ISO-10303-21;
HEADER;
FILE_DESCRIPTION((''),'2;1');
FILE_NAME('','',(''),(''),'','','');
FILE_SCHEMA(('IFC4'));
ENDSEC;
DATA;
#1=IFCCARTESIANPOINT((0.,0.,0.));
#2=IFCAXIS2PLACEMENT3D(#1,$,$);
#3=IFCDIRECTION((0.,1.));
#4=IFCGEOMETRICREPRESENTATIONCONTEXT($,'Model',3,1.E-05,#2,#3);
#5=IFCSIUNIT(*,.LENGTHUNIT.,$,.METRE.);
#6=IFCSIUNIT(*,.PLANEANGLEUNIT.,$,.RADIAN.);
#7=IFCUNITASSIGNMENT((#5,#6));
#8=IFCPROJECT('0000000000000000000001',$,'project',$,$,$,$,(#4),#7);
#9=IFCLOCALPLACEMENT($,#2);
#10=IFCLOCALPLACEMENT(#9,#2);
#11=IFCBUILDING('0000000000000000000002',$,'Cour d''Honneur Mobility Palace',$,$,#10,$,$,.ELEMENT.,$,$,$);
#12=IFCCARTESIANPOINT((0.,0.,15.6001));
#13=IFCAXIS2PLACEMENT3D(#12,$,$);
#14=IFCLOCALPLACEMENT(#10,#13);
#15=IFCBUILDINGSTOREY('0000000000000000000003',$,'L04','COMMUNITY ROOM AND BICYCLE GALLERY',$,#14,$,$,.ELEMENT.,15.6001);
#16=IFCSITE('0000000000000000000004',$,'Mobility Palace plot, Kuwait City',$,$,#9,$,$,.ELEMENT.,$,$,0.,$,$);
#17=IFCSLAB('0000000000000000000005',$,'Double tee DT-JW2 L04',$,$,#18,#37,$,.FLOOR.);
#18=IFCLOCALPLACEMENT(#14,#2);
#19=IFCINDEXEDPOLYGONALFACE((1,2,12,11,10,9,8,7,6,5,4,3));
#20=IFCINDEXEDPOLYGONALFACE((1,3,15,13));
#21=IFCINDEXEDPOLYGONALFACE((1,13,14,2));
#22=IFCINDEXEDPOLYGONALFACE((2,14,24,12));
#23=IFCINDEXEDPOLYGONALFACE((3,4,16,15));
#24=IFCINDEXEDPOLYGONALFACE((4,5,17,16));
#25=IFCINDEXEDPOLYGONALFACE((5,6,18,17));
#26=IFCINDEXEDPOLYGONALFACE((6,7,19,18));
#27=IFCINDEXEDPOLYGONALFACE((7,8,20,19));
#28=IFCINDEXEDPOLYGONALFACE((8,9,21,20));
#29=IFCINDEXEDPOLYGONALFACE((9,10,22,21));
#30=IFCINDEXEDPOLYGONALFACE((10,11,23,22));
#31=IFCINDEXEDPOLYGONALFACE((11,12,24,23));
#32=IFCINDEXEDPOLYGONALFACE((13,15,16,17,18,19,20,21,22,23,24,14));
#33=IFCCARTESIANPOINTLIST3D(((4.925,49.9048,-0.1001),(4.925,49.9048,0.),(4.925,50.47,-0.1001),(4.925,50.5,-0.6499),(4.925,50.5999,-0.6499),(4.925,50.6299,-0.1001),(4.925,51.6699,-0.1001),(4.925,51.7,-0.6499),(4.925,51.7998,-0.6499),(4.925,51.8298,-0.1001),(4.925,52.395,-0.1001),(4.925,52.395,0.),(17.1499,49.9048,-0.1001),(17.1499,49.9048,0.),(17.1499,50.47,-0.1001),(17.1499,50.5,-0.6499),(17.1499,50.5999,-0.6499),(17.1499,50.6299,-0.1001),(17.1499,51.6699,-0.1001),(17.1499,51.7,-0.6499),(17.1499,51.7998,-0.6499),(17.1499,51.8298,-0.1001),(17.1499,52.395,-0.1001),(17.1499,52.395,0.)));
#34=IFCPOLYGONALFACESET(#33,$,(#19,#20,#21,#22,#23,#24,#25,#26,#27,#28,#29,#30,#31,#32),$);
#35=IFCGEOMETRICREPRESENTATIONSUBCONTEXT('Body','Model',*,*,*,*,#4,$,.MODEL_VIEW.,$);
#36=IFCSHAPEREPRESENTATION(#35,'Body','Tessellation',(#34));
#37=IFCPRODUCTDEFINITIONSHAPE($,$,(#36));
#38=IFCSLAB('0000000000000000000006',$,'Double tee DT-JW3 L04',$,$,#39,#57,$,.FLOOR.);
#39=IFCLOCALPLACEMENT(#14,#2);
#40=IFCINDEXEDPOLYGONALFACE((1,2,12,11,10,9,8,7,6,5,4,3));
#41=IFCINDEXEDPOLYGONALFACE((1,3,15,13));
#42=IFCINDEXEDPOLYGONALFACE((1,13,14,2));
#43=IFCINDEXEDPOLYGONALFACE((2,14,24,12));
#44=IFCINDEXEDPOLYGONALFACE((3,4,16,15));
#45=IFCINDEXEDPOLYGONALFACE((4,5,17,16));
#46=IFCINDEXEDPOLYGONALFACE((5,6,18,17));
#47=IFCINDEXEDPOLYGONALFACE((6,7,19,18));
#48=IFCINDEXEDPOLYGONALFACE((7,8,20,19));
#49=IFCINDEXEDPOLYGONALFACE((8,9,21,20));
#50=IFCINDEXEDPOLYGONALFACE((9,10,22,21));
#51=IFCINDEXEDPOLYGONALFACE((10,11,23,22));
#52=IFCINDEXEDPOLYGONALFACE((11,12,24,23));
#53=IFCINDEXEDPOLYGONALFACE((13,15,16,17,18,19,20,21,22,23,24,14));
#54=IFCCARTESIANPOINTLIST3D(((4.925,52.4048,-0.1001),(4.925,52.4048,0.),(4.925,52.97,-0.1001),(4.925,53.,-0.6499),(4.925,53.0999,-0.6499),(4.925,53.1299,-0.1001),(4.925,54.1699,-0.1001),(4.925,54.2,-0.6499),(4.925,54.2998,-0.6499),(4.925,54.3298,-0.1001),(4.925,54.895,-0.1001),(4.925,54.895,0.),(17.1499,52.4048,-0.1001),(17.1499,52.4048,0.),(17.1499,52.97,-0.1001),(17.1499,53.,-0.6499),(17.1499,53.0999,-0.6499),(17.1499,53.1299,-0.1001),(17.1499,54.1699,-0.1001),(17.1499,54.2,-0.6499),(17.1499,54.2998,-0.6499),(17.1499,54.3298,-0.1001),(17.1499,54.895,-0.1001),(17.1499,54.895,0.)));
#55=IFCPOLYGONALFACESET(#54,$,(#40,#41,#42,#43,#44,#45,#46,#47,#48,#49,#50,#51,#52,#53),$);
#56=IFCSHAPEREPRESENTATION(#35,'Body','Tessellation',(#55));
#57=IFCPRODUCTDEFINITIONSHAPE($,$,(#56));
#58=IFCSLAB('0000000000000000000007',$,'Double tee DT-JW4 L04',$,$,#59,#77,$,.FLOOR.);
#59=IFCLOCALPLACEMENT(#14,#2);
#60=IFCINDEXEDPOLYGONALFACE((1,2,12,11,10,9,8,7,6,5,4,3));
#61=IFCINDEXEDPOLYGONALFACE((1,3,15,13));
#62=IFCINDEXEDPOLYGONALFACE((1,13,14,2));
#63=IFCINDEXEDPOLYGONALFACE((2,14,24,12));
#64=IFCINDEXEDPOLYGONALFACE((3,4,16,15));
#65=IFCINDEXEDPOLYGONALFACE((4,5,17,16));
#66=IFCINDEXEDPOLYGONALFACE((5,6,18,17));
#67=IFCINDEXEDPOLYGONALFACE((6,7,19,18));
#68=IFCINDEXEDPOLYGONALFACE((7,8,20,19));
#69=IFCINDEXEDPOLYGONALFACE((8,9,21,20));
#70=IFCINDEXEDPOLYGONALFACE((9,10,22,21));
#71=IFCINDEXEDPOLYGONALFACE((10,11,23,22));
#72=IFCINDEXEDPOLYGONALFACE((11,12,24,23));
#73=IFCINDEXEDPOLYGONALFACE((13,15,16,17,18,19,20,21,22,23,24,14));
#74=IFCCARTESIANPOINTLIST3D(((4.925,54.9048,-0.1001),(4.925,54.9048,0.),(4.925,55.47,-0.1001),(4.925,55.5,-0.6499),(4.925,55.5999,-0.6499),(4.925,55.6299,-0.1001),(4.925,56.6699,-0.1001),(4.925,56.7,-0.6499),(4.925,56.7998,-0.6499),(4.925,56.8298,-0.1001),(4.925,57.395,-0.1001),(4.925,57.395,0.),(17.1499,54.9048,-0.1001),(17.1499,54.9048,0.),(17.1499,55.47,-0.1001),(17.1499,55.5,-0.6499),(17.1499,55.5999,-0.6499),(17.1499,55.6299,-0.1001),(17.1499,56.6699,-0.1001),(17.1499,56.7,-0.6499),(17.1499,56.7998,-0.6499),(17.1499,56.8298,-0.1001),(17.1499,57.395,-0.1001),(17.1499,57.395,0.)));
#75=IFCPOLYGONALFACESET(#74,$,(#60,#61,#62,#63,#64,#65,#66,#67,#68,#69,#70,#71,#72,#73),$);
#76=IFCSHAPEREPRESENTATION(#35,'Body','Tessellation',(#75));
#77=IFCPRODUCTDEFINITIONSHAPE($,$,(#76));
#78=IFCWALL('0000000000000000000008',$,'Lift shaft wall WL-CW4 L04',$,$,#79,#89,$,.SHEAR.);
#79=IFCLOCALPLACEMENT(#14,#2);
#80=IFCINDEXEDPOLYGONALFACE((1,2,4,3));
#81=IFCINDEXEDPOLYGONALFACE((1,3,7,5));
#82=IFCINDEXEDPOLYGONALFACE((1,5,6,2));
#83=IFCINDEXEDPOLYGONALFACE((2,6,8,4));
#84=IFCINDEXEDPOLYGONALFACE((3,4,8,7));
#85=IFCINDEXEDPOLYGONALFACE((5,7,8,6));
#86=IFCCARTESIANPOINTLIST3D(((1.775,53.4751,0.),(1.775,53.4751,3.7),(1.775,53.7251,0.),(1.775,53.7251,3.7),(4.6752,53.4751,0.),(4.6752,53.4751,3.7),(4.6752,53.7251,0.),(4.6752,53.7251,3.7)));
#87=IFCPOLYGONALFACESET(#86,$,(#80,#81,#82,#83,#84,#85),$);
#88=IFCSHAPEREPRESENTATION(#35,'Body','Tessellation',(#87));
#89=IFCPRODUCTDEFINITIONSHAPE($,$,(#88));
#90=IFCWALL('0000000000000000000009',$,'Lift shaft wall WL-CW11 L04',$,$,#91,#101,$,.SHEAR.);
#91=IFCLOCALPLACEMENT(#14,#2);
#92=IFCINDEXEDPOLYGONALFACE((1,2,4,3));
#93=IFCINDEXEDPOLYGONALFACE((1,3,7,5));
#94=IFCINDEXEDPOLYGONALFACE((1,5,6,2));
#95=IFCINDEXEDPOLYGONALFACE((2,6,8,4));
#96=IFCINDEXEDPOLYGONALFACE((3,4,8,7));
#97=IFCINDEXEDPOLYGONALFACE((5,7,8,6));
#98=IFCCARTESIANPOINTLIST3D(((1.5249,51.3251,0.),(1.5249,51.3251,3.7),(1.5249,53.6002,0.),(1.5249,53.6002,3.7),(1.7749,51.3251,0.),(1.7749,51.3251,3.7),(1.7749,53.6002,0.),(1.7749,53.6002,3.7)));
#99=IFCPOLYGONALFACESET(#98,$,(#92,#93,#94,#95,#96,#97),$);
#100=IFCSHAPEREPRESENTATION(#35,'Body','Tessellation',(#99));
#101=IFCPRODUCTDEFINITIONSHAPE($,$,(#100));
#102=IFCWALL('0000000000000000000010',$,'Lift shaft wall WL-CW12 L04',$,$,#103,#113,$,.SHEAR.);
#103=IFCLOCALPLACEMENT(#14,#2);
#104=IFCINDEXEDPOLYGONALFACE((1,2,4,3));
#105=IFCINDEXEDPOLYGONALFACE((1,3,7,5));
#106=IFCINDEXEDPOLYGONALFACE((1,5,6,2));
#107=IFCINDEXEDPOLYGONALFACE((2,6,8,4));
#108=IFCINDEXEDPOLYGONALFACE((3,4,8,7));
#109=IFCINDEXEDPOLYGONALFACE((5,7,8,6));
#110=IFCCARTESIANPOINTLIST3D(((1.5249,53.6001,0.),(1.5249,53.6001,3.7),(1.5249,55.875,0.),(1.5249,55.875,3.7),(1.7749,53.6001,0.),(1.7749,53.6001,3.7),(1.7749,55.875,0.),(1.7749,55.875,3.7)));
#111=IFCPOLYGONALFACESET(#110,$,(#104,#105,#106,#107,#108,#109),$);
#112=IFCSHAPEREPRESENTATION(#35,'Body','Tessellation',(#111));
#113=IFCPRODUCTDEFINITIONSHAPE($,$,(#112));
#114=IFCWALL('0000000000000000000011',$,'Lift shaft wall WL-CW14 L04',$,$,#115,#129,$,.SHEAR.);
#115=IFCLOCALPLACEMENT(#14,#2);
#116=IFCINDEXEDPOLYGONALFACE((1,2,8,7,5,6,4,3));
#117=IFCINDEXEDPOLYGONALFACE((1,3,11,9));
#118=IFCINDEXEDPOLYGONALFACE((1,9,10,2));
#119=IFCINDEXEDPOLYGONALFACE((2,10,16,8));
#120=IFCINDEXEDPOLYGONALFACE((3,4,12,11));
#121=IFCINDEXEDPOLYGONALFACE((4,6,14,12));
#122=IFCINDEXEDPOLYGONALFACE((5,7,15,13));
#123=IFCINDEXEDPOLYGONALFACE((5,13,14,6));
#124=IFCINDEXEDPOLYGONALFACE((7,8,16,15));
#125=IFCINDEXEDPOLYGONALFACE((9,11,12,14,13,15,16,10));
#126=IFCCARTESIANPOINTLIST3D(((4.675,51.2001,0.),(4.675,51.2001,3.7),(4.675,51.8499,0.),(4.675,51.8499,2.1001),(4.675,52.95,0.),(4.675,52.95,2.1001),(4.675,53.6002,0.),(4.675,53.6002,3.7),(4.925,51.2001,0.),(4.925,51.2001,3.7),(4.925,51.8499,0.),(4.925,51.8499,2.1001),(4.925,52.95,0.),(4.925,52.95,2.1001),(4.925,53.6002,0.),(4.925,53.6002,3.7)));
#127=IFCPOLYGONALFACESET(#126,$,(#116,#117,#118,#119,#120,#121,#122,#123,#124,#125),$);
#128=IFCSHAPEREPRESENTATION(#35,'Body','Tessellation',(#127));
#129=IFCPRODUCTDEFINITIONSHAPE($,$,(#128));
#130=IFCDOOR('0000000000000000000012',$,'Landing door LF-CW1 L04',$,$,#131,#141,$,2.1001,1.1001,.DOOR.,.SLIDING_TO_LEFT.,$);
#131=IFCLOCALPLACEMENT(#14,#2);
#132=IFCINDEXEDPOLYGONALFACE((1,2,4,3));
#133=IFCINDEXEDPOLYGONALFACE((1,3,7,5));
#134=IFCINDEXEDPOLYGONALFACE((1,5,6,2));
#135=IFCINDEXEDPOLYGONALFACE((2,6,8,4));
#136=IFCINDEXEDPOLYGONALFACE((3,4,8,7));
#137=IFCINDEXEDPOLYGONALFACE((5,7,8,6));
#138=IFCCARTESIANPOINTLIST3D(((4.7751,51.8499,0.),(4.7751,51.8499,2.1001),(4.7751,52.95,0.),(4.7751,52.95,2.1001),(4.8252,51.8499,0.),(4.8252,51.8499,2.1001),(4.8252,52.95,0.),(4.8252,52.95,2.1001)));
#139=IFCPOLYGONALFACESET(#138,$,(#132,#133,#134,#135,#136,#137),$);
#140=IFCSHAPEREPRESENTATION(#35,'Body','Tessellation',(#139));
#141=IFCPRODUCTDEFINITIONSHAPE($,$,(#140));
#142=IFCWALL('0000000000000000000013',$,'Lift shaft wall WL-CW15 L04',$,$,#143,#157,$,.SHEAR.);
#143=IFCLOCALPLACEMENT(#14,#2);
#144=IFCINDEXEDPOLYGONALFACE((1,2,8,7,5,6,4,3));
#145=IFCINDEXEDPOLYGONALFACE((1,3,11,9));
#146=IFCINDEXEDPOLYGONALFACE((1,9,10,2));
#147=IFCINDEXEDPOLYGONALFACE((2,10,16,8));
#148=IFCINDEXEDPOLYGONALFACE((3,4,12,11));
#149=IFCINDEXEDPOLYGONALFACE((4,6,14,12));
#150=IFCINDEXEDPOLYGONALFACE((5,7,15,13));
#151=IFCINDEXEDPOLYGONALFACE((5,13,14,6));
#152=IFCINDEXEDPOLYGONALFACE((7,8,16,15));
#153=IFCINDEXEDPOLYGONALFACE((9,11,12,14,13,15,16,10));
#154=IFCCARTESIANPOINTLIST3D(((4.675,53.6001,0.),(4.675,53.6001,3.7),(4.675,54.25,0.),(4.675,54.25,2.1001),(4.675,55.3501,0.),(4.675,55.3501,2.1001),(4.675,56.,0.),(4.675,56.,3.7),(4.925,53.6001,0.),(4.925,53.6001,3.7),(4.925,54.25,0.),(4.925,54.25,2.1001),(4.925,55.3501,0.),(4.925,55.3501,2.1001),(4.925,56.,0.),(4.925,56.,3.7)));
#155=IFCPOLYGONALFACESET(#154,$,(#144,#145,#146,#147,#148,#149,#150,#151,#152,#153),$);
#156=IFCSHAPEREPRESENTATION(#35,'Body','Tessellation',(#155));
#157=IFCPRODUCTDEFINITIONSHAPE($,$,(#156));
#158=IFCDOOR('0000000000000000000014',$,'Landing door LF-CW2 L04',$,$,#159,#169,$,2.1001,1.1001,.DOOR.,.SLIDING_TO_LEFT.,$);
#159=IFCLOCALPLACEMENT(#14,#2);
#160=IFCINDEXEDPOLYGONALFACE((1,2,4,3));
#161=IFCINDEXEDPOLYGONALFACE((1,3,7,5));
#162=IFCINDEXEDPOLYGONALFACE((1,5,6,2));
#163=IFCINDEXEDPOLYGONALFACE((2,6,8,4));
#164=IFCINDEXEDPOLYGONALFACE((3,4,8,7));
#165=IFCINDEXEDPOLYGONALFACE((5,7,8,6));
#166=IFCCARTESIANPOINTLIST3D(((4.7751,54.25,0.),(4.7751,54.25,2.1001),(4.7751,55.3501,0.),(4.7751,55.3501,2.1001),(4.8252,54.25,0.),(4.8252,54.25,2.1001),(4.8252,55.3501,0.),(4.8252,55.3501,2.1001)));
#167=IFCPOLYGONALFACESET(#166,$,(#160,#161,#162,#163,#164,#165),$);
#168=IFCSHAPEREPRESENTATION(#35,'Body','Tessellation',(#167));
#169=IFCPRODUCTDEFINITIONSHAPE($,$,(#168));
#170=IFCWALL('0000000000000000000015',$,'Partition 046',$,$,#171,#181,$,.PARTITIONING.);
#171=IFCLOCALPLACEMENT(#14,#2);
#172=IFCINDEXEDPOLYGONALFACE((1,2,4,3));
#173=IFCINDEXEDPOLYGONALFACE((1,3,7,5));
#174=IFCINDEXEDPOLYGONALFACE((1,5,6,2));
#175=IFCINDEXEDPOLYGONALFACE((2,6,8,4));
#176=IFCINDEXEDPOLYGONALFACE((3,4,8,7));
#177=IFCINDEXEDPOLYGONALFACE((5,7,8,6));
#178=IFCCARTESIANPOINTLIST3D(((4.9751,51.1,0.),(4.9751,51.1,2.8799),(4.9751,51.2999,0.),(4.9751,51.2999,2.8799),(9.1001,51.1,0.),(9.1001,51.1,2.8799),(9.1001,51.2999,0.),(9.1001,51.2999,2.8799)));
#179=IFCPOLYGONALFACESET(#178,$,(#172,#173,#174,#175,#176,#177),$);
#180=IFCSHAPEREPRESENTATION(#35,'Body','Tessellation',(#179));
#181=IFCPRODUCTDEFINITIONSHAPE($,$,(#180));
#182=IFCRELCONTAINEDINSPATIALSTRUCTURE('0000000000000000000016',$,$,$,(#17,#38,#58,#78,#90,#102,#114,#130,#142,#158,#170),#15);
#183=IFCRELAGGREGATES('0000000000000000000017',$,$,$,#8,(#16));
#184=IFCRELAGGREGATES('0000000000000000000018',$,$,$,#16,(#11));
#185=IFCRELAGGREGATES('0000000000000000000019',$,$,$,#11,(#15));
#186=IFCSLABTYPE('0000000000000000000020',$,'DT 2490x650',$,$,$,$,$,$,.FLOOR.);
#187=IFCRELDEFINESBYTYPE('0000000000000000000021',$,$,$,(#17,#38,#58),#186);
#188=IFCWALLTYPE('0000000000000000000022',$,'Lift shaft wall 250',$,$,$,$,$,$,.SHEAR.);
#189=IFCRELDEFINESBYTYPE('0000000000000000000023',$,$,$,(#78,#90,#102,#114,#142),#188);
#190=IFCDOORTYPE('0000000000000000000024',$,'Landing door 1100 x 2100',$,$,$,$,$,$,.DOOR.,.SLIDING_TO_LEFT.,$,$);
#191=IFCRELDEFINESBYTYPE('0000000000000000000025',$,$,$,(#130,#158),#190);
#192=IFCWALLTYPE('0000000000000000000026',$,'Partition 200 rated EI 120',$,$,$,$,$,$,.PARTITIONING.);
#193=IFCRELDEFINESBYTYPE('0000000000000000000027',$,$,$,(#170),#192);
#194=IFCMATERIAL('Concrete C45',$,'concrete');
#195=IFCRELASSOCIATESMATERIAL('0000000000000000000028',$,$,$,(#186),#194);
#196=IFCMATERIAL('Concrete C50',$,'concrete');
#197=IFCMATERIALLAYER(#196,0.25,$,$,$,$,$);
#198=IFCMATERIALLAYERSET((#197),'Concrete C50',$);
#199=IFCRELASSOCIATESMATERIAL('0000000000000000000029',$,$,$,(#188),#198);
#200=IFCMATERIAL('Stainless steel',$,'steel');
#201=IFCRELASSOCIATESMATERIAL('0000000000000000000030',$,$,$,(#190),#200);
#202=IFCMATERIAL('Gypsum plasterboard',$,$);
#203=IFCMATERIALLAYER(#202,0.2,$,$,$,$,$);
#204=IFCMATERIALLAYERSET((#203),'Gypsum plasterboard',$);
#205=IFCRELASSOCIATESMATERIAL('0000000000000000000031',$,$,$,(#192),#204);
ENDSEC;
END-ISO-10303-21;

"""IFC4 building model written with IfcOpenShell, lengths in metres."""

from ifc_helpers import new_model, si_unit, direction, frame, frame_2d, origin, place, context, subcontext, project, spatial, polyline, rectangle, outline, extrude, material, layer, layer_set, material_profile, profile_set, type_object, element, fill, save


model = new_model("IFC4")

# Units and contexts
model_context = context("Model", 3, precision=1e-05, world=origin(), true_north=direction((0.0, 1.0)))
body_context = subcontext(model_context, "Body", "Model", "MODEL_VIEW")
ifc_project = project(units=[si_unit("LENGTHUNIT", "METRE"), si_unit("PLANEANGLEUNIT", "RADIAN")], contexts=[model_context])

# Site, building, storey
site_placement = place(None, origin())
site = spatial("IfcSite", under=ifc_project, at=site_placement, Name="Mobility Palace plot, Kuwait City", CompositionType="ELEMENT", RefElevation=0.0)
building_placement = place(site_placement, origin())
building = spatial("IfcBuilding", under=site, at=building_placement, Name="Cour d'Honneur Mobility Palace", CompositionType="ELEMENT")
storey_placement = place(building_placement, frame((0.0, 0.0, 15.6001)))
storey = spatial("IfcBuildingStorey", under=building, at=storey_placement, Name="L04", Description="COMMUNITY ROOM AND BICYCLE GALLERY", CompositionType="ELEMENT", Elevation=15.6001)

# Slabs
ifc_material_1 = material(Name="Concrete C45", Category="concrete")
ifc_material_profile = material_profile(ifc_material_1, outline(polyline([(-1.2451, 0.0), (1.2451, 0.0), (1.2451, -0.1001), (0.6799, -0.1001), (0.6499, -0.6499), (0.55, -0.6499), (0.52, -0.1001), (-0.52, -0.1001), (-0.55, -0.6499), (-0.6499, -0.6499), (-0.6799, -0.1001), (-1.2451, -0.1001), (-1.2451, 0.0)])), Name="DT 2490x650")
ifc_profile_set = profile_set([ifc_material_profile], Name="Concrete C45")
slab_type = type_object("IfcSlabType", Name="DT 2490x650", PredefinedType="FLOOR", material=ifc_profile_set)
for number, where, z_axis, x_axis, name in (
    (1, (4.925, 51.1499, 0.0), (1.0, 0.0, 0.0), (0.0, 1.0, 0.0), "Double tee DT-JW2 L04"),
    (2, (4.925, 53.6499, 0.0), (1.0, 0.0, 0.0), (0.0, 1.0, 0.0), "Double tee DT-JW3 L04"),
    (3, (4.925, 56.1499, 0.0), (1.0, 0.0, 0.0), (0.0, 1.0, 0.0), "Double tee DT-JW4 L04"),
):
    element("IfcSlab", number, at=place(storey_placement, frame(where, z_axis=z_axis, x_axis=x_axis)), inside=storey, type_object=slab_type, Name=name, PredefinedType="FLOOR", context=body_context, shape_type="SweptSolid", body=[
        extrude(outline(polyline([(-1.2451, 0.0), (1.2451, 0.0), (1.2451, -0.1001), (0.6799, -0.1001), (0.6499, -0.6499), (0.55, -0.6499), (0.52, -0.1001), (-0.52, -0.1001), (-0.55, -0.6499), (-0.6499, -0.6499), (-0.6799, -0.1001), (-1.2451, -0.1001), (-1.2451, 0.0)])), origin(), (0.0, 0.0, 1.0), 12.2249),
    ])

# Walls
ifc_material_2 = material(Name="Concrete C50", Category="concrete")
ifc_layer_1 = layer(ifc_material_2, 0.25)
ifc_layer_set_1 = layer_set([ifc_layer_1], Name="Concrete C50")
wall_type_1 = type_object("IfcWallType", Name="Lift shaft wall 250", PredefinedType="SHEAR", material=ifc_layer_set_1)
wall_1_placement = place(storey_placement, frame((1.7749, 53.6001, 0.0), z_axis=(0.0, 0.0, 1.0), x_axis=(1.0, 0.0, 0.0)))
element("IfcWall", 4, at=wall_1_placement, inside=storey, type_object=wall_type_1, Name="Lift shaft wall WL-CW4 L04", PredefinedType="SHEAR", context=body_context, shape_type="SweptSolid", body=[
    extrude(rectangle(XDim=2.9001, YDim=0.25, at=frame_2d((1.4502, 0.0))), origin(), (0.0, 0.0, 1.0), 3.7),
])
wall_2_placement = place(storey_placement, frame((1.6499, 51.325, 0.0), z_axis=(0.0, 0.0, 1.0), x_axis=(0.0, 1.0, 0.0)))
element("IfcWall", 5, at=wall_2_placement, inside=storey, type_object=wall_type_1, Name="Lift shaft wall WL-CW11 L04", PredefinedType="SHEAR", context=body_context, shape_type="SweptSolid", body=[
    extrude(rectangle(XDim=2.2751, YDim=0.25, at=frame_2d((1.1377, 0.0))), origin(), (0.0, 0.0, 1.0), 3.7),
])
wall_3_placement = place(storey_placement, frame((1.6499, 53.6001, 0.0), z_axis=(0.0, 0.0, 1.0), x_axis=(0.0, 1.0, 0.0)))
element("IfcWall", 6, at=wall_3_placement, inside=storey, type_object=wall_type_1, Name="Lift shaft wall WL-CW12 L04", PredefinedType="SHEAR", context=body_context, shape_type="SweptSolid", body=[
    extrude(rectangle(XDim=2.2749, YDim=0.25, at=frame_2d((1.1375, 0.0))), origin(), (0.0, 0.0, 1.0), 3.7),
])

# Walls, openings, doors
wall_4_placement = place(storey_placement, frame((4.8, 51.2, 0.0), z_axis=(0.0, 0.0, 1.0), x_axis=(0.0, 1.0, 0.0)))
wall_4 = element("IfcWall", 7, at=wall_4_placement, inside=storey, type_object=wall_type_1, Name="Lift shaft wall WL-CW14 L04", PredefinedType="SHEAR", context=body_context, shape_type="SweptSolid", body=[
    extrude(rectangle(XDim=2.4001, YDim=0.25, at=frame_2d((1.2002, 0.0))), origin(), (0.0, 0.0, 1.0), 3.7),
])
opening_1_placement = place(wall_4_placement, frame((0.6499, 0.0, 0.0)))
opening_1 = element("IfcOpeningElement", 8, at=opening_1_placement, cuts=wall_4, PredefinedType="OPENING", context=body_context, shape_type="SweptSolid", body=[
    extrude(rectangle(XDim=1.1001, YDim=2.1001, at=frame_2d((0.55, 1.05))), frame((0.0, 0.135, 0.0), z_axis=(0.0, -1.0, 0.0), x_axis=(1.0, 0.0, 0.0)), (0.0, 0.0, 1.0), 0.27),
])
ifc_material_3 = material(Name="Stainless steel", Category="steel")
door_type_1 = type_object("IfcDoorType", Name="Landing door 1100 x 2100", OperationType="SLIDING_TO_LEFT", PredefinedType="DOOR", material=ifc_material_3)
door_1_placement = place(opening_1_placement, origin())
door_1 = element("IfcDoor", 9, at=door_1_placement, inside=storey, type_object=door_type_1, Name="Landing door LF-CW1 L04", OperationType="SLIDING_TO_LEFT", OverallHeight=2.1001, OverallWidth=1.1001, PredefinedType="DOOR", context=body_context, shape_type="SweptSolid", body=[
    extrude(rectangle(XDim=1.1001, YDim=2.1001, at=frame_2d((0.55, 1.05))), frame((0.0, 0.0249, 0.0), z_axis=(0.0, -1.0, 0.0), x_axis=(1.0, 0.0, 0.0)), (0.0, 0.0, 1.0), 0.05),
])
fill(opening_1, door_1)
wall_5_placement = place(storey_placement, frame((4.8, 53.6001, 0.0), z_axis=(0.0, 0.0, 1.0), x_axis=(0.0, 1.0, 0.0)))
wall_5 = element("IfcWall", 10, at=wall_5_placement, inside=storey, type_object=wall_type_1, Name="Lift shaft wall WL-CW15 L04", PredefinedType="SHEAR", context=body_context, shape_type="SweptSolid", body=[
    extrude(rectangle(XDim=2.3999, YDim=0.25, at=frame_2d((1.2, 0.0))), origin(), (0.0, 0.0, 1.0), 3.7),
])
opening_2_placement = place(wall_5_placement, frame((0.6499, 0.0, 0.0)))
opening_2 = element("IfcOpeningElement", 11, at=opening_2_placement, cuts=wall_5, PredefinedType="OPENING", context=body_context, shape_type="SweptSolid", body=[
    extrude(rectangle(XDim=1.1001, YDim=2.1001, at=frame_2d((0.55, 1.05))), frame((0.0, 0.135, 0.0), z_axis=(0.0, -1.0, 0.0), x_axis=(1.0, 0.0, 0.0)), (0.0, 0.0, 1.0), 0.27),
])
door_2_placement = place(opening_2_placement, origin())
door_2 = element("IfcDoor", 12, at=door_2_placement, inside=storey, type_object=door_type_1, Name="Landing door LF-CW2 L04", OperationType="SLIDING_TO_LEFT", OverallHeight=2.1001, OverallWidth=1.1001, PredefinedType="DOOR", context=body_context, shape_type="SweptSolid", body=[
    extrude(rectangle(XDim=1.1001, YDim=2.1001, at=frame_2d((0.55, 1.05))), frame((0.0, 0.0249, 0.0), z_axis=(0.0, -1.0, 0.0), x_axis=(1.0, 0.0, 0.0)), (0.0, 0.0, 1.0), 0.05),
])
fill(opening_2, door_2)

# Wall
ifc_material_4 = material(Name="Gypsum plasterboard")
ifc_layer_2 = layer(ifc_material_4, 0.2)
ifc_layer_set_2 = layer_set([ifc_layer_2], Name="Gypsum plasterboard")
wall_type_2 = type_object("IfcWallType", Name="Partition 200 rated EI 120", PredefinedType="PARTITIONING", material=ifc_layer_set_2)
wall_6_placement = place(storey_placement, frame((4.9751, 51.2, 0.0), z_axis=(0.0, 0.0, 1.0), x_axis=(1.0, 0.0, 0.0)))
element("IfcWall", 13, at=wall_6_placement, inside=storey, type_object=wall_type_2, Name="Partition 046", PredefinedType="PARTITIONING", context=body_context, shape_type="SweptSolid", body=[
    extrude(rectangle(XDim=4.125, YDim=0.2, at=frame_2d((2.0625, 0.0))), origin(), (0.0, 0.0, 1.0), 2.8799),
])

save(model, "model.ifc")
